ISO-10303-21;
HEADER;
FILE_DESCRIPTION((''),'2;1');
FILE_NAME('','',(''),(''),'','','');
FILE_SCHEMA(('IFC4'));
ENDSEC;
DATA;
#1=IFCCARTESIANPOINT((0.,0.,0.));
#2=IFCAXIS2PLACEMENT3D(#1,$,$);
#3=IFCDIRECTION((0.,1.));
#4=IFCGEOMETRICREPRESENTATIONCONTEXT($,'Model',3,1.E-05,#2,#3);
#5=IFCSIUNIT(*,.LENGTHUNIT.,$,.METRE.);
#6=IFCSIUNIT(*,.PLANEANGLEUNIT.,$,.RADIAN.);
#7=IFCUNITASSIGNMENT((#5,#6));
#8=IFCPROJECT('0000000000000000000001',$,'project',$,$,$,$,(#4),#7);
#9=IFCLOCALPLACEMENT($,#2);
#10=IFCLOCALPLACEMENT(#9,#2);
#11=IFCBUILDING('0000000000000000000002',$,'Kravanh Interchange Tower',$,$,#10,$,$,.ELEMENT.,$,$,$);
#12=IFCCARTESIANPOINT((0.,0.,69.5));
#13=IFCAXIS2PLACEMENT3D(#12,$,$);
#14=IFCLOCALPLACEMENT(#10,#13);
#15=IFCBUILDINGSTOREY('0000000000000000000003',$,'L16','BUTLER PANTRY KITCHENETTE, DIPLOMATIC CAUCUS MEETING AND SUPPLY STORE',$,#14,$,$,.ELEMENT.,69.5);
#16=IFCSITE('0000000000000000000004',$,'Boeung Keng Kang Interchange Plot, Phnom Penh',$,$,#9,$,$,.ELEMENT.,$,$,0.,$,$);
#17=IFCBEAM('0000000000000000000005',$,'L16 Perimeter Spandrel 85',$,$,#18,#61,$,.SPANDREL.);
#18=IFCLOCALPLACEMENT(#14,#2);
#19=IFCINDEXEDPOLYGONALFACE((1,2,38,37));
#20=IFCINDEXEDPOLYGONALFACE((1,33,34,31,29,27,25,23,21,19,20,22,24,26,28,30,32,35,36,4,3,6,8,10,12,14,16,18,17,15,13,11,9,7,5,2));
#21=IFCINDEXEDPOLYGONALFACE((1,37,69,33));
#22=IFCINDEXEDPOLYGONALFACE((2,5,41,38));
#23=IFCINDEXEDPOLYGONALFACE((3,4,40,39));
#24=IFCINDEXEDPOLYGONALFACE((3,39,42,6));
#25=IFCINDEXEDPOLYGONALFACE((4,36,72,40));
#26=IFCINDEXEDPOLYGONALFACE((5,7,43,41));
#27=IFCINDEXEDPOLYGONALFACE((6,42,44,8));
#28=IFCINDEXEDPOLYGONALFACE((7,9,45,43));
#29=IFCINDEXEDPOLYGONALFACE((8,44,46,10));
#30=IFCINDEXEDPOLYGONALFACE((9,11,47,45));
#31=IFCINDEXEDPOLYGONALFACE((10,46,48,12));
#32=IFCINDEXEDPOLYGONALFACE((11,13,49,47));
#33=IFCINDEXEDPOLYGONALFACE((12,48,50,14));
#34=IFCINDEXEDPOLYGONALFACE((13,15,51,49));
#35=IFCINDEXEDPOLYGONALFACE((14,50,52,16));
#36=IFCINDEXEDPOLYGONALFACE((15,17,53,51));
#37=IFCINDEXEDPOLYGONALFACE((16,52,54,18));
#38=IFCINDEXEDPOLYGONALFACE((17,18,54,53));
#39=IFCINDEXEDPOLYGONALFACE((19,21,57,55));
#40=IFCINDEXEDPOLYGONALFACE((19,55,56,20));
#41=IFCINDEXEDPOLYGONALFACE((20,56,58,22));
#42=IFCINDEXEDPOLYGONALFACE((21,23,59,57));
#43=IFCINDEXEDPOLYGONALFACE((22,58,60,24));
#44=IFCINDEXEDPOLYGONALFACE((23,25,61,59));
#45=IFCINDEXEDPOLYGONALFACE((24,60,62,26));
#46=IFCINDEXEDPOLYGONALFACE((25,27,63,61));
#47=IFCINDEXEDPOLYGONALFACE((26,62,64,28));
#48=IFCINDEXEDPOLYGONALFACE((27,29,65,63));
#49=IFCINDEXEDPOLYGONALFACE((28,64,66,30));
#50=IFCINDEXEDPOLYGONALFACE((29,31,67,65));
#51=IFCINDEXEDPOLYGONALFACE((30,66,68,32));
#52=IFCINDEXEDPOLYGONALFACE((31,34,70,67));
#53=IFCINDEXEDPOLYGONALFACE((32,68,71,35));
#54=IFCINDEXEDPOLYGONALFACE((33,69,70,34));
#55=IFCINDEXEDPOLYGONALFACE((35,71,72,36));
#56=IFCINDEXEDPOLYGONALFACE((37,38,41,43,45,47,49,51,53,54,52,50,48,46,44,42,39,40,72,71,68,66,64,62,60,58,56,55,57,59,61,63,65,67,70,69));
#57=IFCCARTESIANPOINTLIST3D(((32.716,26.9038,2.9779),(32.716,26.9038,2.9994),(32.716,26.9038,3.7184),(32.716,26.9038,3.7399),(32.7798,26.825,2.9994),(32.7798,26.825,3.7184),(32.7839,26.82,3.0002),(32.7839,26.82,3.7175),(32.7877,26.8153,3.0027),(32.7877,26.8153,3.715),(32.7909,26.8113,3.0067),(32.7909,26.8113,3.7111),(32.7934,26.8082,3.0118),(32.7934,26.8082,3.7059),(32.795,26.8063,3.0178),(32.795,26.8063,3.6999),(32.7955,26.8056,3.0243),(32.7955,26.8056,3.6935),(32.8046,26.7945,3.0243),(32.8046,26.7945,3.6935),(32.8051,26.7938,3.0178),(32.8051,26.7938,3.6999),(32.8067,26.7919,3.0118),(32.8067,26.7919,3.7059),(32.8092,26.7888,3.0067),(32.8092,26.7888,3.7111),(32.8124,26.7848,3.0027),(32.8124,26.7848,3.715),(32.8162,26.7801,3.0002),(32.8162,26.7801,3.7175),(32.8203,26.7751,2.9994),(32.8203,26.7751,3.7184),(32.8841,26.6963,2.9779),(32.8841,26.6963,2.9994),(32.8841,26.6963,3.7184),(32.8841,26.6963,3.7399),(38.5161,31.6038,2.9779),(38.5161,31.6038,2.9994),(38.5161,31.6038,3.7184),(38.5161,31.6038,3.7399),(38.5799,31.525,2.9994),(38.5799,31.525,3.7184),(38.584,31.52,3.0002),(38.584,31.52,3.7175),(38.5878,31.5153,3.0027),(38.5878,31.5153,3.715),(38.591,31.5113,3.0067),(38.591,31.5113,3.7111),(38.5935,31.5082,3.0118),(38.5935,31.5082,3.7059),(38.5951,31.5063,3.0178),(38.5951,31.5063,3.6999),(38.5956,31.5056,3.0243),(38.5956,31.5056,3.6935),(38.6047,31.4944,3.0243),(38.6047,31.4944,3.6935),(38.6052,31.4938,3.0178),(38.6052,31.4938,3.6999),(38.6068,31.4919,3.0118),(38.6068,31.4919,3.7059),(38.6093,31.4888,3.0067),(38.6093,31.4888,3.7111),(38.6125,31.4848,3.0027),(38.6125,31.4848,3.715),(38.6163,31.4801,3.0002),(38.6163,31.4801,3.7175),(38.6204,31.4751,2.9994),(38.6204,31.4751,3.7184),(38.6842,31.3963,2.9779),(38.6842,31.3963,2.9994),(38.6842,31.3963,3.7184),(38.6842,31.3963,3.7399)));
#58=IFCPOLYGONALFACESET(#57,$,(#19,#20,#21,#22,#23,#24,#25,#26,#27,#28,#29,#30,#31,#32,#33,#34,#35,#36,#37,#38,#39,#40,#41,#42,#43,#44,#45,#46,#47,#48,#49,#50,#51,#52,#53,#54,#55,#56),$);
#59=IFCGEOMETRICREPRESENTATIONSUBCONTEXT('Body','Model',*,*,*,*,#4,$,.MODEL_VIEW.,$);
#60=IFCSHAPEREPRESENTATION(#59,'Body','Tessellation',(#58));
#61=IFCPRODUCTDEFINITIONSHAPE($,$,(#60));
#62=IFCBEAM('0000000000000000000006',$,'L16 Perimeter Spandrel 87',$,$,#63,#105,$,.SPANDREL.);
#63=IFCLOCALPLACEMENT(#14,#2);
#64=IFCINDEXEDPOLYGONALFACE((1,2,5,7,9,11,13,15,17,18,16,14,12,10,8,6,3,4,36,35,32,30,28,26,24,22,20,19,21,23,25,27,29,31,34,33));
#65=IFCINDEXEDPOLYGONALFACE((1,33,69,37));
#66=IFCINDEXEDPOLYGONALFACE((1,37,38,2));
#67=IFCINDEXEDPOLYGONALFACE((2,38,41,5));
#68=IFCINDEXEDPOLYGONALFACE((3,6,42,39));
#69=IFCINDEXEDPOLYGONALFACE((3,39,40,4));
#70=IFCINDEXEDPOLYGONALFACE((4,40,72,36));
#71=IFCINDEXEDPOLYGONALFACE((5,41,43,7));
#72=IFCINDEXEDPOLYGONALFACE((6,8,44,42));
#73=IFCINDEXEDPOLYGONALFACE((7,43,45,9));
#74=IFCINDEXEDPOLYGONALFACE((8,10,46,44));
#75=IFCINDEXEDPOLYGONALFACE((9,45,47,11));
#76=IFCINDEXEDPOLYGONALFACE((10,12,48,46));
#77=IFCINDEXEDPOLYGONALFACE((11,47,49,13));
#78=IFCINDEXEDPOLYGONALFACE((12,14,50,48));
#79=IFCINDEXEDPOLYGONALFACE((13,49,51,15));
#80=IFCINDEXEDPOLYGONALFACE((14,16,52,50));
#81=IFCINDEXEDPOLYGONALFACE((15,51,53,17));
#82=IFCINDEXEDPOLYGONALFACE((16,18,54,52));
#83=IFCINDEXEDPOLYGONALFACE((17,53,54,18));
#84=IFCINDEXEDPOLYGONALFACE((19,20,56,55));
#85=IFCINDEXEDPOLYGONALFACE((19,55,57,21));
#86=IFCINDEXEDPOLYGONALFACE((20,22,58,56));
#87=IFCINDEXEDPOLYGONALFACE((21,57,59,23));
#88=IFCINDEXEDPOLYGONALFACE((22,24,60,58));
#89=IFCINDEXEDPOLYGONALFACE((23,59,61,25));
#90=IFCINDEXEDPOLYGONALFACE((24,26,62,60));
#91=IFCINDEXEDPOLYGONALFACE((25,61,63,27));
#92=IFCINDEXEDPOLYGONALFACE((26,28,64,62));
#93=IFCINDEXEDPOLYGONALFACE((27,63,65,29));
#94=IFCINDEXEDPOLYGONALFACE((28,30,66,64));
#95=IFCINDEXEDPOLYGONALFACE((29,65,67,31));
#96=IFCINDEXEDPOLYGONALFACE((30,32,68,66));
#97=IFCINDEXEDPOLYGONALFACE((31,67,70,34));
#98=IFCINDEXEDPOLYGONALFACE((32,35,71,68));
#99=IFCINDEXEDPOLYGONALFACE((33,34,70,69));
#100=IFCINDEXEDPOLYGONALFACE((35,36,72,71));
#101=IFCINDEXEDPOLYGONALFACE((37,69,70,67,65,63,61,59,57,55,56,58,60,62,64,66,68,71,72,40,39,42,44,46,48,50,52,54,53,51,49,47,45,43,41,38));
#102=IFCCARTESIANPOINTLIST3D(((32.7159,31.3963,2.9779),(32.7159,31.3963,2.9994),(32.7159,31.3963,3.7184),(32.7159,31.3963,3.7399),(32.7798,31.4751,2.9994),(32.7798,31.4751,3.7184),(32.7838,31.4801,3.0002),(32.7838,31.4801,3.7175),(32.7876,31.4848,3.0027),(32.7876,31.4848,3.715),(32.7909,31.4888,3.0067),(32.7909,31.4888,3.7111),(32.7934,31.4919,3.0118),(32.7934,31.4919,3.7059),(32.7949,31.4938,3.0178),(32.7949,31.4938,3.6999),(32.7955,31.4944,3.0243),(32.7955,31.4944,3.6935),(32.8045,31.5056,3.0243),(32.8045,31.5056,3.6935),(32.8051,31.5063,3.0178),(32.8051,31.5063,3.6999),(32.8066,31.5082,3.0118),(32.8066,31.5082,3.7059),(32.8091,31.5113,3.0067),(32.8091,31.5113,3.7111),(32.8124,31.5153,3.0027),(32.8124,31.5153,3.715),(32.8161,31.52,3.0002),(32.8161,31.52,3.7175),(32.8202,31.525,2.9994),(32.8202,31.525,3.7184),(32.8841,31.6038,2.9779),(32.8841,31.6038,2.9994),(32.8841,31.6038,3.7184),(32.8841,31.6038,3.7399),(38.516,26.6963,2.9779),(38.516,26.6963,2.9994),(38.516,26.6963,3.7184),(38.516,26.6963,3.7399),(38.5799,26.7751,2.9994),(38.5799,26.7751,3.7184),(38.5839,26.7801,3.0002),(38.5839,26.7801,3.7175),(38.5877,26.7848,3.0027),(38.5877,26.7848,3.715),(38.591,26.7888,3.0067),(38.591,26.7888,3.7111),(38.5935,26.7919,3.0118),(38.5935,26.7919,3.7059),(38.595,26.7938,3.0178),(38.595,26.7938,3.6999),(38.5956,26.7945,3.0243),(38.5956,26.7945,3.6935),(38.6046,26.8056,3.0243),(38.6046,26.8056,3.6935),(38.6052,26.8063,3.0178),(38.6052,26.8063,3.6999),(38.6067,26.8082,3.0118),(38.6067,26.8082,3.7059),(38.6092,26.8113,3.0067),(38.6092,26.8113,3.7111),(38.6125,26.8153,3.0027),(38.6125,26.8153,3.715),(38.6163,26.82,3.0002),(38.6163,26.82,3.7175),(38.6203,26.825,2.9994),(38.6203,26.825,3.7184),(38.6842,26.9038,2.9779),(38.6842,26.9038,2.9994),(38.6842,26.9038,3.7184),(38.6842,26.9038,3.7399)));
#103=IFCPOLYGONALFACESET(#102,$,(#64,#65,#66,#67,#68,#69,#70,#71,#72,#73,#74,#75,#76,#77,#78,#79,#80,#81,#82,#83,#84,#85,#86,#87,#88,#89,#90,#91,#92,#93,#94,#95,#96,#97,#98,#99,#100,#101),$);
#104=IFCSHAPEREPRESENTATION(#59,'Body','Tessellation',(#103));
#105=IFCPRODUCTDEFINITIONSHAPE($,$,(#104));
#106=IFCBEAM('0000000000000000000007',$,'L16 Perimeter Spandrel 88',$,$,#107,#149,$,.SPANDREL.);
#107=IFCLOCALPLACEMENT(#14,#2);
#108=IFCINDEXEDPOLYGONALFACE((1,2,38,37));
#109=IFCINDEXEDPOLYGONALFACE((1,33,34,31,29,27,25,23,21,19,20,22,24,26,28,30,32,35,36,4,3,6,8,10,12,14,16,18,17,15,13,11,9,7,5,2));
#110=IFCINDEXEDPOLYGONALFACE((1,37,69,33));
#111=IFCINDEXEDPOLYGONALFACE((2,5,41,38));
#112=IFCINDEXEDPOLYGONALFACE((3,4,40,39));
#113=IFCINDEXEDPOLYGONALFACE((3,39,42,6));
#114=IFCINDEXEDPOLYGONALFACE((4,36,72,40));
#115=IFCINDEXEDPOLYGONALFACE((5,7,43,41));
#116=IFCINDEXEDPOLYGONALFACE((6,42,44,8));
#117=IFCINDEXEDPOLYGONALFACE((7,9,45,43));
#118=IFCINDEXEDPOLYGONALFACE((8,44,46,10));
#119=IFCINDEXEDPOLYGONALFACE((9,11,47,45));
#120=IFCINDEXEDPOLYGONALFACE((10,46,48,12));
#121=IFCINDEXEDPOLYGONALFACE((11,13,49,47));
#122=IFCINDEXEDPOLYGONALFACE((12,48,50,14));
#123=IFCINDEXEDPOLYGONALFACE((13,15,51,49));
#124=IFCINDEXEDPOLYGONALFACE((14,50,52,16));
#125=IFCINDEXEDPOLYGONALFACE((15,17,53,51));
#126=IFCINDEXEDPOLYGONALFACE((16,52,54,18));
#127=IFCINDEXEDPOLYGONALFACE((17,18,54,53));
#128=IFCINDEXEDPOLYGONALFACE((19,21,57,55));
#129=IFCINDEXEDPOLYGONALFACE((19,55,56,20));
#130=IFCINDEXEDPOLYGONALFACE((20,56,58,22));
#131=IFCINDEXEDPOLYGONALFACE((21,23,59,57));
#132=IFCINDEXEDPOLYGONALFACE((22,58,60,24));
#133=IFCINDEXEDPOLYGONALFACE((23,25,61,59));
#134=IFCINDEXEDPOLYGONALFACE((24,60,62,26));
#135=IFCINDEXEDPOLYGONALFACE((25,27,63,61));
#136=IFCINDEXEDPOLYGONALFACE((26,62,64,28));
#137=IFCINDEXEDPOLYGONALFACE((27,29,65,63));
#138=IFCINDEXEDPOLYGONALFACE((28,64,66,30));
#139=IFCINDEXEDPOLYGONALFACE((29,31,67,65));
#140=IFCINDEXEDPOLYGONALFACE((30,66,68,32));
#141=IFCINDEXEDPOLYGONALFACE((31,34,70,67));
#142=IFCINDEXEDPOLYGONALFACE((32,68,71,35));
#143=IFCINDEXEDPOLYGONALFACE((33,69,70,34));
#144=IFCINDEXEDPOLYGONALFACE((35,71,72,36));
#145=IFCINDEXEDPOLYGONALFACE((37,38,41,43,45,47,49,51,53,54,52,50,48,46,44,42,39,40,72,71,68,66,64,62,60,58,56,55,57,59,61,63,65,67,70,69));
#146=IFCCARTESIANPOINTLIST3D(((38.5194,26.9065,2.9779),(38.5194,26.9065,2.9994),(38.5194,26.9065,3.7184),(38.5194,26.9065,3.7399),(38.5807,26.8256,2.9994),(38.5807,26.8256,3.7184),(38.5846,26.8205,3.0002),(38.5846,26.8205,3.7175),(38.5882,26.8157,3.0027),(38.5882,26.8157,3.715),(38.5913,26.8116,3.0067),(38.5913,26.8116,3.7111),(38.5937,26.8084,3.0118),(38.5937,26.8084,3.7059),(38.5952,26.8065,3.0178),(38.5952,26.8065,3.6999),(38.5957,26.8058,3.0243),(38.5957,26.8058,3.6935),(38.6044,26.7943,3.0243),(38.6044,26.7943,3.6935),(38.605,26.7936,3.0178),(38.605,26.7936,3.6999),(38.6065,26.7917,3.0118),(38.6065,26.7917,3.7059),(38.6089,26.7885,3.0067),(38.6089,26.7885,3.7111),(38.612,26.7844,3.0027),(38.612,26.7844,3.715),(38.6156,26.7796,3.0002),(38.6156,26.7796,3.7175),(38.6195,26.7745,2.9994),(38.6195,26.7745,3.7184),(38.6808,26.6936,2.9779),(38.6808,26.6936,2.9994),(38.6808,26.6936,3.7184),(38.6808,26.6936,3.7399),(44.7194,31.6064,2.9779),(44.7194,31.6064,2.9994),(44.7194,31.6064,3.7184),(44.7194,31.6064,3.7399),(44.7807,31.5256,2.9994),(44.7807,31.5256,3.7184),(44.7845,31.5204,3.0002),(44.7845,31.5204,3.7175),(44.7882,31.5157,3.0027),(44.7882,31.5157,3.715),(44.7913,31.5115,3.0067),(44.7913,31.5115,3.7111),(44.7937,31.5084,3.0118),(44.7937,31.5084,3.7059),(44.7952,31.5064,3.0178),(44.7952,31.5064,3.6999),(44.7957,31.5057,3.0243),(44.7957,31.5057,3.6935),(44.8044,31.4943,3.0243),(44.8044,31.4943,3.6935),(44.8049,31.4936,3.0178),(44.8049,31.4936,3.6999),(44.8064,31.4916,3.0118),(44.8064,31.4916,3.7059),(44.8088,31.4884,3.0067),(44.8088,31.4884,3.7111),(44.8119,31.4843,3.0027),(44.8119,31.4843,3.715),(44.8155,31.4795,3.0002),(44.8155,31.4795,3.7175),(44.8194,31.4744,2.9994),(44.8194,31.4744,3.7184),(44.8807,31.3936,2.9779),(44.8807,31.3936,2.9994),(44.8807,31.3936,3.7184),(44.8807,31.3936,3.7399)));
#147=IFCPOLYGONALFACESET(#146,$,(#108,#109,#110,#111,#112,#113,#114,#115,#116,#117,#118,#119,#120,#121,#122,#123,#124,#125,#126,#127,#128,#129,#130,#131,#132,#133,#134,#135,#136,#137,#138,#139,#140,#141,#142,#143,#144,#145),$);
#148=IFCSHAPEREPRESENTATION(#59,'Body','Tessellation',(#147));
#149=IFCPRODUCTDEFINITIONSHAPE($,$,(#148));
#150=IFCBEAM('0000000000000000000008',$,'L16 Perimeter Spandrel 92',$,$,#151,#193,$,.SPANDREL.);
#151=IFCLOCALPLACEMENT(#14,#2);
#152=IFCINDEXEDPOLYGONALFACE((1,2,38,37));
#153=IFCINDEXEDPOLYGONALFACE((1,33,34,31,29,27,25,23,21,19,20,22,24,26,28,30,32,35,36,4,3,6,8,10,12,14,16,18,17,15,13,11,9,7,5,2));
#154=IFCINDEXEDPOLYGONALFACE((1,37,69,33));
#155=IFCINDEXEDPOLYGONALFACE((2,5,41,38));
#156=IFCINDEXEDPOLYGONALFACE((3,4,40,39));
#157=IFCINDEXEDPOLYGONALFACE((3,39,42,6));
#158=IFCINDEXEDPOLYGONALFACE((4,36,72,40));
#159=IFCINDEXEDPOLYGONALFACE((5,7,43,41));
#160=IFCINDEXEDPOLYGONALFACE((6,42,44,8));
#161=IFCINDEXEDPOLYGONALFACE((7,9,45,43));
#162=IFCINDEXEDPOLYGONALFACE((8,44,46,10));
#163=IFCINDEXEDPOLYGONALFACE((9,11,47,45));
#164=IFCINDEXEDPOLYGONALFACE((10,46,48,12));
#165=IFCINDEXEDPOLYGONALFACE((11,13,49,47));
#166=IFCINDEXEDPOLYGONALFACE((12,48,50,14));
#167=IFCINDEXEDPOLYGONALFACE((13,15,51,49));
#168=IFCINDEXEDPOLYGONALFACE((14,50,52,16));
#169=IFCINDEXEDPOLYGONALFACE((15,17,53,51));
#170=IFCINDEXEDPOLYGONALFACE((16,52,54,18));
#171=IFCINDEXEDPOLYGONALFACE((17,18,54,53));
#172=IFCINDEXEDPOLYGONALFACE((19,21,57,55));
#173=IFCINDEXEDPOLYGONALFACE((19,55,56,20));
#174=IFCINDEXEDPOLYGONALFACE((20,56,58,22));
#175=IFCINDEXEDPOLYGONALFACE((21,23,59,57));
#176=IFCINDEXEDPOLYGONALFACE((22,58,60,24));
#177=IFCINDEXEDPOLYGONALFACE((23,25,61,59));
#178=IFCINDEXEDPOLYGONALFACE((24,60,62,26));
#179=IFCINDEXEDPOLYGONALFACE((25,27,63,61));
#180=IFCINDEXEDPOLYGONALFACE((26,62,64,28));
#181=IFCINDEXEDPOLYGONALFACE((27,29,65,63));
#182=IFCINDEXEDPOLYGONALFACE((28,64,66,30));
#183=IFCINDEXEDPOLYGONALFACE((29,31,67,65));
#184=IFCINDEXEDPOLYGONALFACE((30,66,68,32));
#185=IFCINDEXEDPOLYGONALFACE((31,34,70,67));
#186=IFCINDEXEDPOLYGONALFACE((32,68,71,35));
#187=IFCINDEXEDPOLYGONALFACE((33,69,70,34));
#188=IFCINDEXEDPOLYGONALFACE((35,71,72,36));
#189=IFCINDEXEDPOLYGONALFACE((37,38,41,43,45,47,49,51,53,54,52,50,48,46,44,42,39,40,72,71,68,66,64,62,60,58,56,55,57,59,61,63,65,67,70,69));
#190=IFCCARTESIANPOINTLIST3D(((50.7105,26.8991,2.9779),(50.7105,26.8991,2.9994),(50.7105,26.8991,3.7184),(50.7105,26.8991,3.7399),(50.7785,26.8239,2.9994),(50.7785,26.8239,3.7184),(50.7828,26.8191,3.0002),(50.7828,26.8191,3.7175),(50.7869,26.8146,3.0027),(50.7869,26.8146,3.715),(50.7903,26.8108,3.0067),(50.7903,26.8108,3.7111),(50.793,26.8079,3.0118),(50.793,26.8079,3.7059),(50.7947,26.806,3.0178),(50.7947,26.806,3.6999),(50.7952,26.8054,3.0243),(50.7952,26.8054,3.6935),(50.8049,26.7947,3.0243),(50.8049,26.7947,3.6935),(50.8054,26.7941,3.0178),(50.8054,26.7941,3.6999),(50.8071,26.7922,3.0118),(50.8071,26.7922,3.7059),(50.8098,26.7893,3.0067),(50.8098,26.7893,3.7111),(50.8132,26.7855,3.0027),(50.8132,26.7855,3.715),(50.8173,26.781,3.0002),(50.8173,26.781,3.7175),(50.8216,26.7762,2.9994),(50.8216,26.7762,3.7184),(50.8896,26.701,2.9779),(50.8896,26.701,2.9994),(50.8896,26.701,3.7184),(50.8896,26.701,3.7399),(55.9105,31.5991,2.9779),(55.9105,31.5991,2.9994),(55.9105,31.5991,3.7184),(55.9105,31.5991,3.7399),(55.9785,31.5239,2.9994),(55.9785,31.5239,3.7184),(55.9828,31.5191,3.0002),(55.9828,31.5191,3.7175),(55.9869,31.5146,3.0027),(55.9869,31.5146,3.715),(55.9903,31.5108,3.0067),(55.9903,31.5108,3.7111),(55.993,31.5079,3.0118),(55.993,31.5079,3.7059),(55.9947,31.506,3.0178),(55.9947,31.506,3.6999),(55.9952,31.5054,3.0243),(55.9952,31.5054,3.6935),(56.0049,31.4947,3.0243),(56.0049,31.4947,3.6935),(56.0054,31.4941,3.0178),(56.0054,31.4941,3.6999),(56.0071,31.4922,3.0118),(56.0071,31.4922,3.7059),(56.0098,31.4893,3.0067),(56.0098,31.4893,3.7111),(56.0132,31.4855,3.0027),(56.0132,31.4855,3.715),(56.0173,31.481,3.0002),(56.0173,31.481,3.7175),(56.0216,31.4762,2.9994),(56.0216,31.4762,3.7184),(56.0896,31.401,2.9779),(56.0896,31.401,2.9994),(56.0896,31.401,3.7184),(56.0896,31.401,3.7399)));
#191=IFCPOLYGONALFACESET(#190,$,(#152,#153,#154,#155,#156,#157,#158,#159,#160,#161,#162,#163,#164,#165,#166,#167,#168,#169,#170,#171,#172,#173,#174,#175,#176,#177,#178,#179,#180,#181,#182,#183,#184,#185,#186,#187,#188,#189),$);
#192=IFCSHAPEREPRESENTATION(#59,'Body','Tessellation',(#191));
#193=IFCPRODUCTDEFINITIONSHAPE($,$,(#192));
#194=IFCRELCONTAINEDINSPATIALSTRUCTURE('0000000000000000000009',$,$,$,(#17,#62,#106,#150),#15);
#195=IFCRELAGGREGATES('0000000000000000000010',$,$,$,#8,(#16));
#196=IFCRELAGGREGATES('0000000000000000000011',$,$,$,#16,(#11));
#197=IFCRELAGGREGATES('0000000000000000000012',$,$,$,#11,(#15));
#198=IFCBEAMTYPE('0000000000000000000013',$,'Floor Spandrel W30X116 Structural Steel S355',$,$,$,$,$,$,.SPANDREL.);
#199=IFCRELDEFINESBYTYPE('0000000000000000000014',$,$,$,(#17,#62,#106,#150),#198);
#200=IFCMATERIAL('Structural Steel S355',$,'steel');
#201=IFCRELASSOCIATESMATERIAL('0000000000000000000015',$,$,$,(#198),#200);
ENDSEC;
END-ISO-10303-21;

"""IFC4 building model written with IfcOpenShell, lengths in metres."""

from ifc_helpers import new_model, si_unit, direction, frame, origin, origin_2d, place, context, subcontext, project, spatial, i_section, extrude, material, material_profile, profile_set, type_object, element, save


model = new_model("IFC4")

# Units and contexts
model_context = context("Model", 3, precision=1e-05, world=origin(), true_north=direction((0.0, 1.0)))
body_context = subcontext(model_context, "Body", "Model", "MODEL_VIEW")
ifc_project = project(units=[si_unit("LENGTHUNIT", "METRE"), si_unit("PLANEANGLEUNIT", "RADIAN")], contexts=[model_context])

# Site, building, storey
site_placement = place(None, origin())
site = spatial("IfcSite", under=ifc_project, at=site_placement, Name="Boeung Keng Kang Interchange Plot, Phnom Penh", CompositionType="ELEMENT", RefElevation=0.0)
building_placement = place(site_placement, origin())
building = spatial("IfcBuilding", under=site, at=building_placement, Name="Kravanh Interchange Tower", CompositionType="ELEMENT")
storey_placement = place(building_placement, frame((0.0, 0.0, 69.5)))
storey = spatial("IfcBuildingStorey", under=building, at=storey_placement, Name="L16", Description="BUTLER PANTRY KITCHENETTE, DIPLOMATIC CAUCUS MEETING AND SUPPLY STORE", CompositionType="ELEMENT", Elevation=69.5)

# Beams
ifc_material_1 = material(Name="Structural Steel S355", Category="steel")
ifc_material_profile_1 = material_profile(ifc_material_1, i_section(OverallWidth=0.2671, OverallDepth=0.762, WebThickness=0.0144, FlangeThickness=0.0215, FilletRadius=0.0249, at=origin_2d()), Name="W30X116")
ifc_profile_set_1 = profile_set([ifc_material_profile_1], Name="Structural Steel S355")
beam_type_1 = type_object("IfcBeamType", Name="Floor Spandrel W30X116 Structural Steel S355", PredefinedType="SPANDREL", material=ifc_profile_set_1)
for number, where, z_axis, x_axis, name in (
    (1, (32.8, 26.8, 3.3589), (0.776939, 0.629576, 0.0), (-0.629576, 0.776939, 0.0), "L16 Perimeter Spandrel 85"),
    (2, (38.6001, 26.8, 3.3589), (-0.776939, 0.629576, 0.0), (-0.629576, -0.776939, 0.0), "L16 Perimeter Spandrel 87"),
):
    element("IfcBeam", number, at=place(storey_placement, frame(where, z_axis=z_axis, x_axis=x_axis)), inside=storey, type_object=beam_type_1, Name=name, PredefinedType="SPANDREL", context=body_context, shape_type="SweptSolid", body=[
        extrude(i_section(OverallWidth=0.2671, OverallDepth=0.762, WebThickness=0.0144, FlangeThickness=0.0215, FilletRadius=0.0249, at=origin_2d()), origin(), (0.0, 0.0, 1.0), 7.4653),
    ])
beam_1_placement = place(storey_placement, frame((38.6001, 26.8, 3.3589), z_axis=(0.796905, 0.604104, 0.0), x_axis=(-0.604104, 0.796905, 0.0)))
element("IfcBeam", 3, at=beam_1_placement, inside=storey, type_object=beam_type_1, Name="L16 Perimeter Spandrel 88", PredefinedType="SPANDREL", context=body_context, shape_type="SweptSolid", body=[
    extrude(i_section(OverallWidth=0.2671, OverallDepth=0.762, WebThickness=0.0144, FlangeThickness=0.0215, FilletRadius=0.0249, at=origin_2d()), origin(), (0.0, 0.0, 1.0), 7.78),
])
beam_2_placement = place(storey_placement, frame((50.8, 26.8, 3.3589), z_axis=(0.741874, 0.670539, 0.0), x_axis=(-0.670539, 0.741874, 0.0)))
element("IfcBeam", 4, at=beam_2_placement, inside=storey, type_object=beam_type_1, Name="L16 Perimeter Spandrel 92", PredefinedType="SPANDREL", context=body_context, shape_type="SweptSolid", body=[
    extrude(i_section(OverallWidth=0.2671, OverallDepth=0.762, WebThickness=0.0144, FlangeThickness=0.0215, FilletRadius=0.0249, at=origin_2d()), origin(), (0.0, 0.0, 1.0), 7.0093),
])

save(model, "model.ifc")
